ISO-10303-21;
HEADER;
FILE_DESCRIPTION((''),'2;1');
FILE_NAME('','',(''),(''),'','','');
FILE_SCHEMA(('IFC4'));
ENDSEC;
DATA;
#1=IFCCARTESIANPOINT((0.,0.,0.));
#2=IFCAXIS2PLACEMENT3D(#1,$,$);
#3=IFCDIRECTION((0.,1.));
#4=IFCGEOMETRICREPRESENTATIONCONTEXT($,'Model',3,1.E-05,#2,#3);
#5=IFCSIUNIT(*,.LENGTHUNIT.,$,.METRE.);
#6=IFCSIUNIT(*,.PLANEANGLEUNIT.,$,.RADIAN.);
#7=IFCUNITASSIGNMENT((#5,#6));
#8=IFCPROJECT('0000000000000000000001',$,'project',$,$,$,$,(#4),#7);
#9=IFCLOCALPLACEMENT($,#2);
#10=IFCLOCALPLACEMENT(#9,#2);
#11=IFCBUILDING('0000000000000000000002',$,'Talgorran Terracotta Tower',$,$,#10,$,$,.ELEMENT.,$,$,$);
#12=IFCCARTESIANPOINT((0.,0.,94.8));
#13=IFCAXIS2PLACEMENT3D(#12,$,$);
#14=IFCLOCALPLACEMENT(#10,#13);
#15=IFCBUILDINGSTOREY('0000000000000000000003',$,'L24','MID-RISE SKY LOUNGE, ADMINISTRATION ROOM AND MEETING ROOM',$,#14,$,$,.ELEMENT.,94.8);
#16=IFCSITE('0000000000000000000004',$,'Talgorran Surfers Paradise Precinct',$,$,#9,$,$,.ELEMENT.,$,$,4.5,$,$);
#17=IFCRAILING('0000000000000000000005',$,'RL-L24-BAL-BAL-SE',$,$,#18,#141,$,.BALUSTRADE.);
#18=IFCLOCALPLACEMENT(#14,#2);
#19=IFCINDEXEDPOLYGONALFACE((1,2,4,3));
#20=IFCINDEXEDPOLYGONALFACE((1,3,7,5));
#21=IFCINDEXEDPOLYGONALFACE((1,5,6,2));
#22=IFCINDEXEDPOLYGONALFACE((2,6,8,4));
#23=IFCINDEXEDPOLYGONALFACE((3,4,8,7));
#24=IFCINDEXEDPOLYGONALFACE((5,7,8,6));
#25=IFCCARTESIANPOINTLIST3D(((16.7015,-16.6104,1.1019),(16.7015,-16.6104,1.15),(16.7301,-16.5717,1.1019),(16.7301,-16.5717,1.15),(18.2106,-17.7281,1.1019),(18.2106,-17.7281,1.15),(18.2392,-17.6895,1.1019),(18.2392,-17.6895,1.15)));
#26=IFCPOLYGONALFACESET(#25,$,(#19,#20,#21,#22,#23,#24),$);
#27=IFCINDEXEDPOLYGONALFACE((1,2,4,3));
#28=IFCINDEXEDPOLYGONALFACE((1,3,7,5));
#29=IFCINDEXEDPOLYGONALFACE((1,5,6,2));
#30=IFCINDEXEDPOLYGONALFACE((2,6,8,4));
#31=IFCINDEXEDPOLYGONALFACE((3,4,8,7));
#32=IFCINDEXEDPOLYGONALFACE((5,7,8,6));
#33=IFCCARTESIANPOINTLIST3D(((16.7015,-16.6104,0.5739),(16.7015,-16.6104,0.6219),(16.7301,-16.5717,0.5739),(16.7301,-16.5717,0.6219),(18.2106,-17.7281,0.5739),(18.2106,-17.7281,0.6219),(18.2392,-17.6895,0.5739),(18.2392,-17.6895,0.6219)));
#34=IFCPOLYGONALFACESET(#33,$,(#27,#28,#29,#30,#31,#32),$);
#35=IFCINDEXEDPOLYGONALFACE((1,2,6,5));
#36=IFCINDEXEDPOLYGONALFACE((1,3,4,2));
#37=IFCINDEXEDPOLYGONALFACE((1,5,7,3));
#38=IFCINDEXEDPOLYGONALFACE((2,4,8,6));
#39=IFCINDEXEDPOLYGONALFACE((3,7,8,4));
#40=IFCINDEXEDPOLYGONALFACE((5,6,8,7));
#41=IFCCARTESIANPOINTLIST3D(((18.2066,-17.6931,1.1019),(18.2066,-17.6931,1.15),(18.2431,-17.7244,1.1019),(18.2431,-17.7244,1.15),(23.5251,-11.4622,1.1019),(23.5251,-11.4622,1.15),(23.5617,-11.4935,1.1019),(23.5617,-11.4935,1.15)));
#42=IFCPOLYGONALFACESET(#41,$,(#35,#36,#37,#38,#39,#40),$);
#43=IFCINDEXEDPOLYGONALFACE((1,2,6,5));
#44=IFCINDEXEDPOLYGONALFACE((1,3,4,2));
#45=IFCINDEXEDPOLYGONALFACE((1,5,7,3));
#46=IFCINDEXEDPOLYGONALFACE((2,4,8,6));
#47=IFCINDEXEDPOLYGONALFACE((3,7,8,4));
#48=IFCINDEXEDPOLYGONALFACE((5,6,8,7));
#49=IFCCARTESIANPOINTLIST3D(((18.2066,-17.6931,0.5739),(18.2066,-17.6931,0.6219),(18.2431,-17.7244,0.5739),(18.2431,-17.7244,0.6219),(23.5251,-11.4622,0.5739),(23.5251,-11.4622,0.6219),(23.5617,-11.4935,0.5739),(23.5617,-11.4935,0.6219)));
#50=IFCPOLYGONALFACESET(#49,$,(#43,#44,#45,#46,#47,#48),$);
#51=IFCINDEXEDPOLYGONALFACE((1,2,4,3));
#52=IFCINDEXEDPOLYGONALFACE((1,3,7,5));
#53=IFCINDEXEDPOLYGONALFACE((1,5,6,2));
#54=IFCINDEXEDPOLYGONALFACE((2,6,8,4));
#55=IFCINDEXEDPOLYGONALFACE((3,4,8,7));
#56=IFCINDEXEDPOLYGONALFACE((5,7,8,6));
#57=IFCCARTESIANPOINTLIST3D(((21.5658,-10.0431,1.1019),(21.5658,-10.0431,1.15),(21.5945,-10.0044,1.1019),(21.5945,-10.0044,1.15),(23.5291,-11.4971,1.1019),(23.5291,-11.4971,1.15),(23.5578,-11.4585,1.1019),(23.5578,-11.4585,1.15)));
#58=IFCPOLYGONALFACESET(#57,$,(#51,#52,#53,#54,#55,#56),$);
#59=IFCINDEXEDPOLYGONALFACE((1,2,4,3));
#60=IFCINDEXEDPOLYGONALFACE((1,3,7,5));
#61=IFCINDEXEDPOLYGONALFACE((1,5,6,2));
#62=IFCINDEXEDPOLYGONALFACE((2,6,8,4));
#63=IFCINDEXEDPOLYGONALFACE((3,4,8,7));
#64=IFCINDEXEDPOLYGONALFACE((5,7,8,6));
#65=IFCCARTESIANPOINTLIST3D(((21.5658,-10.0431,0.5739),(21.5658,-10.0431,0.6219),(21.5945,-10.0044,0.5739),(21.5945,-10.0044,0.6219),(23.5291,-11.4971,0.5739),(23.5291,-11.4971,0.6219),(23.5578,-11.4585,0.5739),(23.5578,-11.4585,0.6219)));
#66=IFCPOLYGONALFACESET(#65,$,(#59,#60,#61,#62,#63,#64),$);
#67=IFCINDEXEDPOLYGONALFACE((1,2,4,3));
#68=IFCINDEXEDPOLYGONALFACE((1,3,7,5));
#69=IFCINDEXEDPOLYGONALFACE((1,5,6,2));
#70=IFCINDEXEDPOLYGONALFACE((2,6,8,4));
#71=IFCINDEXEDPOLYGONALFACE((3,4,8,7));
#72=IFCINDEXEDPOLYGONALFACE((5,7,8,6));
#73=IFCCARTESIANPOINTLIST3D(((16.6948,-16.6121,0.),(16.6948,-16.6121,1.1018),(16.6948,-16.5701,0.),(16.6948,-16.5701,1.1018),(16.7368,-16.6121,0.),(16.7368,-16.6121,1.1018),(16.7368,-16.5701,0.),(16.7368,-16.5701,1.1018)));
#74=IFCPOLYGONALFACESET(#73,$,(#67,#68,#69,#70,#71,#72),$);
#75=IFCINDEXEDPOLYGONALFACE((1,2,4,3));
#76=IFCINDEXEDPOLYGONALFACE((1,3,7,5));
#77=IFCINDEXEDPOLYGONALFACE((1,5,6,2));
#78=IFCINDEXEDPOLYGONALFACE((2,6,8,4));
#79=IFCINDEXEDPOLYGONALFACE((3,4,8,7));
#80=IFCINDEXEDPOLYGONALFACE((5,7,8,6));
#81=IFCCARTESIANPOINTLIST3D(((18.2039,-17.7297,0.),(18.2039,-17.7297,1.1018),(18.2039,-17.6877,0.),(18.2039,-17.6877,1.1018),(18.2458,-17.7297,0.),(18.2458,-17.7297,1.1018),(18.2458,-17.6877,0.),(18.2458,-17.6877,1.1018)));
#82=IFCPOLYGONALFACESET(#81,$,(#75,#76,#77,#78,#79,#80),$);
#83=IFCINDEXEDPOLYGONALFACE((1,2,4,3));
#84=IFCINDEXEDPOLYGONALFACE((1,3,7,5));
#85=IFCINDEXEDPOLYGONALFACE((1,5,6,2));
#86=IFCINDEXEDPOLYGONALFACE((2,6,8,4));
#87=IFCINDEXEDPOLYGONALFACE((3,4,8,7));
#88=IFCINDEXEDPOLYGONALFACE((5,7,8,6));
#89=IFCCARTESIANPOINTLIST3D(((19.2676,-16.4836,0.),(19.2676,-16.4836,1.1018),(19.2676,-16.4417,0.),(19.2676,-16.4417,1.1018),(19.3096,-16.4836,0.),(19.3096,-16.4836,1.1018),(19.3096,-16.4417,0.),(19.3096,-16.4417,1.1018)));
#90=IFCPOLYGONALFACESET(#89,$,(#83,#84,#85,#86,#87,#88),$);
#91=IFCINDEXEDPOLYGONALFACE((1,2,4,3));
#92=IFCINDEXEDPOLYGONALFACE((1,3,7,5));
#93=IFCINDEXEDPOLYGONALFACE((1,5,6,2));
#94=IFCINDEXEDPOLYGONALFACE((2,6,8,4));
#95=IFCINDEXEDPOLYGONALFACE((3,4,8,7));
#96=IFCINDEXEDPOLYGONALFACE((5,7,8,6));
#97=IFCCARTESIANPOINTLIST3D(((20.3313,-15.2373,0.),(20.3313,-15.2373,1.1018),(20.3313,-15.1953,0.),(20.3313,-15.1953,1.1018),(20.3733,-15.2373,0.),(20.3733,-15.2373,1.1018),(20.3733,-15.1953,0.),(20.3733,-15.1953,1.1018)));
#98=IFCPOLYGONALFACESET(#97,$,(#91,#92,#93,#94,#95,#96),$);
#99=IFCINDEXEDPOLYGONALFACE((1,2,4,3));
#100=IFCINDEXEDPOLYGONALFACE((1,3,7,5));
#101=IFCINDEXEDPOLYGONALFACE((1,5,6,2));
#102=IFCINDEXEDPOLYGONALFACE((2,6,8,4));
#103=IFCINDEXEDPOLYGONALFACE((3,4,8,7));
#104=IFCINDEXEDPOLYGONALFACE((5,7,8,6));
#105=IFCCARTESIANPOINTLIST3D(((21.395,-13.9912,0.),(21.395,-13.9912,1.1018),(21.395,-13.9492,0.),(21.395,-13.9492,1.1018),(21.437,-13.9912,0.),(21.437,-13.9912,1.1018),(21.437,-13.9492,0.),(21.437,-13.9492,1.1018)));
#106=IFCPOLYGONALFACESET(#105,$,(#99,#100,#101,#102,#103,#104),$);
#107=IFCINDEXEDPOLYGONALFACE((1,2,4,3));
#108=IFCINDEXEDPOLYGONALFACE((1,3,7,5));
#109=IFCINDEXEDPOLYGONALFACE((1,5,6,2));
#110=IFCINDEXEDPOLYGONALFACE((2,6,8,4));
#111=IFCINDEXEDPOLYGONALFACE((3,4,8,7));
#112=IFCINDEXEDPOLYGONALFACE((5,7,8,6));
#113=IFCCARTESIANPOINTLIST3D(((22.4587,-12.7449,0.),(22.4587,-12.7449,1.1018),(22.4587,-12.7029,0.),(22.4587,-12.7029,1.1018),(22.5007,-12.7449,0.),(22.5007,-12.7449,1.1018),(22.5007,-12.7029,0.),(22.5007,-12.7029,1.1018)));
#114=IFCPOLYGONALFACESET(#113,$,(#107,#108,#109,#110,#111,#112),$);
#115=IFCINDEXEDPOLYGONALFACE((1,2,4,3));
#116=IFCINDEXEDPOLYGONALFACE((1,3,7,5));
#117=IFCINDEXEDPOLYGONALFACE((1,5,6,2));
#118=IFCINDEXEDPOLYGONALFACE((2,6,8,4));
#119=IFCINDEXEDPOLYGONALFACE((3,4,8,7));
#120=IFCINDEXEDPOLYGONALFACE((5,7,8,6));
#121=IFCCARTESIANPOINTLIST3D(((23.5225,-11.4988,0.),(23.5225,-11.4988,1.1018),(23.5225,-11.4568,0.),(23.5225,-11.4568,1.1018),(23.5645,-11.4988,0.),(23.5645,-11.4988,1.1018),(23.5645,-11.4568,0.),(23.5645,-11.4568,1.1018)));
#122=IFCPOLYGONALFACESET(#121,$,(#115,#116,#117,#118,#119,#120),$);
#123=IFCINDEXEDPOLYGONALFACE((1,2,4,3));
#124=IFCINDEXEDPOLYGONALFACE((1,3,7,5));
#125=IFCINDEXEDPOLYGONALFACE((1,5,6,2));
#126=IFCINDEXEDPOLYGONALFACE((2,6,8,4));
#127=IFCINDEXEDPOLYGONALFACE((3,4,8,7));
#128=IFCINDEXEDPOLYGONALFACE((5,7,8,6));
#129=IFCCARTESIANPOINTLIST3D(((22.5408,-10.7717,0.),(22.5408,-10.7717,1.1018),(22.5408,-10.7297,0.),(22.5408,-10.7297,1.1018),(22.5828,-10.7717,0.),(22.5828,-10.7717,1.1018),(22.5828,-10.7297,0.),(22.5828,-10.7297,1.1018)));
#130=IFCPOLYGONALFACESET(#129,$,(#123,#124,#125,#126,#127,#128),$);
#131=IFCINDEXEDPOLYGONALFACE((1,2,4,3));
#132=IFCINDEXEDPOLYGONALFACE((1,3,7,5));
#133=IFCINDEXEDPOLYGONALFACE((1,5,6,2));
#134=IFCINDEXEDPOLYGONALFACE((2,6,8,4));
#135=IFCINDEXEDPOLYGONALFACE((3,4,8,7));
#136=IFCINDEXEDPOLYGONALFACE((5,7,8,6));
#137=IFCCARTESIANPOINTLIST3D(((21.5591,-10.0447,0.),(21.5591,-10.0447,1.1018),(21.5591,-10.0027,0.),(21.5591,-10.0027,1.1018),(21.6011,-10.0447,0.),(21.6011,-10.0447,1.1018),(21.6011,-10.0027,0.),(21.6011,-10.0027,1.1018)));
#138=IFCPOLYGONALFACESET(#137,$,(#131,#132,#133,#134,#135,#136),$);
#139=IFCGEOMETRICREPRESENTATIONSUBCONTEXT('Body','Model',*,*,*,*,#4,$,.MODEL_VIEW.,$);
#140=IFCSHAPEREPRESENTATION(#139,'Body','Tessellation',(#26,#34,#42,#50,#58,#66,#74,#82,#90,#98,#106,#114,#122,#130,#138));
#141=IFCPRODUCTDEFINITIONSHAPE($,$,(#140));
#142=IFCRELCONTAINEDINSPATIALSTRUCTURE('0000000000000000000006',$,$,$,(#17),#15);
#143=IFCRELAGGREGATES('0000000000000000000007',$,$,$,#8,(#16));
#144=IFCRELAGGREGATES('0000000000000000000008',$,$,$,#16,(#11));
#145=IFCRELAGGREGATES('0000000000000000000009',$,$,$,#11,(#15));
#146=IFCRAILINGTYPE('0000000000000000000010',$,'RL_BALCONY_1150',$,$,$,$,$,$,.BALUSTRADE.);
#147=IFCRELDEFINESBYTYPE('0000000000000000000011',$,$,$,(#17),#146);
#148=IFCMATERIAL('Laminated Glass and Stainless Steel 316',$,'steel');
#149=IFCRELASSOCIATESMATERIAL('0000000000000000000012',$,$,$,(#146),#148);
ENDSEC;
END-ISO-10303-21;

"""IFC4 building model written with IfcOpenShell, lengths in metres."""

from ifc_helpers import new_model, si_unit, direction, frame, origin, origin_2d, place, context, subcontext, project, spatial, rectangle, extrude, material, type_object, element, save


model = new_model("IFC4")

# Units and contexts
model_context = context("Model", 3, precision=1e-05, world=origin(), true_north=direction((0.0, 1.0)))
body_context = subcontext(model_context, "Body", "Model", "MODEL_VIEW")
ifc_project = project(units=[si_unit("LENGTHUNIT", "METRE"), si_unit("PLANEANGLEUNIT", "RADIAN")], contexts=[model_context])

# Site, building, storey
site_placement = place(None, origin())
site = spatial("IfcSite", under=ifc_project, at=site_placement, Name="Talgorran Surfers Paradise Precinct", CompositionType="ELEMENT", RefElevation=4.5)
building_placement = place(site_placement, origin())
building = spatial("IfcBuilding", under=site, at=building_placement, Name="Talgorran Terracotta Tower", CompositionType="ELEMENT")
storey_placement = place(building_placement, frame((0.0, 0.0, 94.8)))
storey = spatial("IfcBuildingStorey", under=building, at=storey_placement, Name="L24", Description="MID-RISE SKY LOUNGE, ADMINISTRATION ROOM AND MEETING ROOM", CompositionType="ELEMENT", Elevation=94.8)

# Railing
ifc_material_1 = material(Name="Laminated Glass and Stainless Steel 316", Category="steel")
railing_type = type_object("IfcRailingType", Name="RL_BALCONY_1150", PredefinedType="BALUSTRADE", material=ifc_material_1)
railing_placement = place(storey_placement, frame((16.7158, -16.5911, 0.0)))
element("IfcRailing", 1, at=railing_placement, inside=storey, type_object=railing_type, Name="RL-L24-BAL-BAL-SE", PredefinedType="BALUSTRADE", context=body_context, shape_type="SweptSolid", body=[
    extrude(rectangle(XDim=0.0481, YDim=0.0481, at=origin_2d()), frame((0.0, 0.0, 1.126), z_axis=(0.803589, -0.595184, 0.0), x_axis=(0.595184, 0.803589, 0.0)), (0.0, 0.0, 1.0), 1.8779),
    extrude(rectangle(XDim=0.0481, YDim=0.0481, at=origin_2d()), frame((0.0, 0.0, 0.5979), z_axis=(0.803589, -0.595184, 0.0), x_axis=(0.595184, 0.803589, 0.0)), (0.0, 0.0, 1.0), 1.8779),
    extrude(rectangle(XDim=0.0481, YDim=0.0481, at=origin_2d()), frame((1.509, -1.1177, 1.126), z_axis=(0.649227, 0.760595, 0.0), x_axis=(-0.760595, 0.649227, 0.0)), (0.0, 0.0, 1.0), 8.1921),
    extrude(rectangle(XDim=0.0481, YDim=0.0481, at=origin_2d()), frame((1.509, -1.1177, 0.5979), z_axis=(0.649227, 0.760595, 0.0), x_axis=(-0.760595, 0.649227, 0.0)), (0.0, 0.0, 1.0), 8.1921),
    extrude(rectangle(XDim=0.0481, YDim=0.0481, at=origin_2d()), frame((6.8276, 5.1133, 1.126), z_axis=(-0.803607, 0.595161, 0.0), x_axis=(-0.595161, -0.803607, 0.0)), (0.0, 0.0, 1.0), 2.4431),
    extrude(rectangle(XDim=0.0481, YDim=0.0481, at=origin_2d()), frame((6.8276, 5.1133, 0.5979), z_axis=(-0.803607, 0.595161, 0.0), x_axis=(-0.595161, -0.803607, 0.0)), (0.0, 0.0, 1.0), 2.4431),
    extrude(rectangle(XDim=0.042, YDim=0.042, at=origin_2d()), origin(), (0.0, 0.0, 1.0), 1.1018),
    extrude(rectangle(XDim=0.042, YDim=0.042, at=origin_2d()), frame((1.509, -1.1177, 0.0)), (0.0, 0.0, 1.0), 1.1018),
    extrude(rectangle(XDim=0.042, YDim=0.042, at=origin_2d()), frame((2.5728, 0.1284, 0.0)), (0.0, 0.0, 1.0), 1.1018),
    extrude(rectangle(XDim=0.042, YDim=0.042, at=origin_2d()), frame((3.6365, 1.3748, 0.0)), (0.0, 0.0, 1.0), 1.1018),
    extrude(rectangle(XDim=0.042, YDim=0.042, at=origin_2d()), frame((4.7002, 2.6208, 0.0)), (0.0, 0.0, 1.0), 1.1018),
    extrude(rectangle(XDim=0.042, YDim=0.042, at=origin_2d()), frame((5.7639, 3.8672, 0.0)), (0.0, 0.0, 1.0), 1.1018),
    extrude(rectangle(XDim=0.042, YDim=0.042, at=origin_2d()), frame((6.8276, 5.1133, 0.0)), (0.0, 0.0, 1.0), 1.1018),
    extrude(rectangle(XDim=0.042, YDim=0.042, at=origin_2d()), frame((5.8459, 5.8403, 0.0)), (0.0, 0.0, 1.0), 1.1018),
    extrude(rectangle(XDim=0.042, YDim=0.042, at=origin_2d()), frame((4.8643, 6.5674, 0.0)), (0.0, 0.0, 1.0), 1.1018),
])

save(model, "model.ifc")
